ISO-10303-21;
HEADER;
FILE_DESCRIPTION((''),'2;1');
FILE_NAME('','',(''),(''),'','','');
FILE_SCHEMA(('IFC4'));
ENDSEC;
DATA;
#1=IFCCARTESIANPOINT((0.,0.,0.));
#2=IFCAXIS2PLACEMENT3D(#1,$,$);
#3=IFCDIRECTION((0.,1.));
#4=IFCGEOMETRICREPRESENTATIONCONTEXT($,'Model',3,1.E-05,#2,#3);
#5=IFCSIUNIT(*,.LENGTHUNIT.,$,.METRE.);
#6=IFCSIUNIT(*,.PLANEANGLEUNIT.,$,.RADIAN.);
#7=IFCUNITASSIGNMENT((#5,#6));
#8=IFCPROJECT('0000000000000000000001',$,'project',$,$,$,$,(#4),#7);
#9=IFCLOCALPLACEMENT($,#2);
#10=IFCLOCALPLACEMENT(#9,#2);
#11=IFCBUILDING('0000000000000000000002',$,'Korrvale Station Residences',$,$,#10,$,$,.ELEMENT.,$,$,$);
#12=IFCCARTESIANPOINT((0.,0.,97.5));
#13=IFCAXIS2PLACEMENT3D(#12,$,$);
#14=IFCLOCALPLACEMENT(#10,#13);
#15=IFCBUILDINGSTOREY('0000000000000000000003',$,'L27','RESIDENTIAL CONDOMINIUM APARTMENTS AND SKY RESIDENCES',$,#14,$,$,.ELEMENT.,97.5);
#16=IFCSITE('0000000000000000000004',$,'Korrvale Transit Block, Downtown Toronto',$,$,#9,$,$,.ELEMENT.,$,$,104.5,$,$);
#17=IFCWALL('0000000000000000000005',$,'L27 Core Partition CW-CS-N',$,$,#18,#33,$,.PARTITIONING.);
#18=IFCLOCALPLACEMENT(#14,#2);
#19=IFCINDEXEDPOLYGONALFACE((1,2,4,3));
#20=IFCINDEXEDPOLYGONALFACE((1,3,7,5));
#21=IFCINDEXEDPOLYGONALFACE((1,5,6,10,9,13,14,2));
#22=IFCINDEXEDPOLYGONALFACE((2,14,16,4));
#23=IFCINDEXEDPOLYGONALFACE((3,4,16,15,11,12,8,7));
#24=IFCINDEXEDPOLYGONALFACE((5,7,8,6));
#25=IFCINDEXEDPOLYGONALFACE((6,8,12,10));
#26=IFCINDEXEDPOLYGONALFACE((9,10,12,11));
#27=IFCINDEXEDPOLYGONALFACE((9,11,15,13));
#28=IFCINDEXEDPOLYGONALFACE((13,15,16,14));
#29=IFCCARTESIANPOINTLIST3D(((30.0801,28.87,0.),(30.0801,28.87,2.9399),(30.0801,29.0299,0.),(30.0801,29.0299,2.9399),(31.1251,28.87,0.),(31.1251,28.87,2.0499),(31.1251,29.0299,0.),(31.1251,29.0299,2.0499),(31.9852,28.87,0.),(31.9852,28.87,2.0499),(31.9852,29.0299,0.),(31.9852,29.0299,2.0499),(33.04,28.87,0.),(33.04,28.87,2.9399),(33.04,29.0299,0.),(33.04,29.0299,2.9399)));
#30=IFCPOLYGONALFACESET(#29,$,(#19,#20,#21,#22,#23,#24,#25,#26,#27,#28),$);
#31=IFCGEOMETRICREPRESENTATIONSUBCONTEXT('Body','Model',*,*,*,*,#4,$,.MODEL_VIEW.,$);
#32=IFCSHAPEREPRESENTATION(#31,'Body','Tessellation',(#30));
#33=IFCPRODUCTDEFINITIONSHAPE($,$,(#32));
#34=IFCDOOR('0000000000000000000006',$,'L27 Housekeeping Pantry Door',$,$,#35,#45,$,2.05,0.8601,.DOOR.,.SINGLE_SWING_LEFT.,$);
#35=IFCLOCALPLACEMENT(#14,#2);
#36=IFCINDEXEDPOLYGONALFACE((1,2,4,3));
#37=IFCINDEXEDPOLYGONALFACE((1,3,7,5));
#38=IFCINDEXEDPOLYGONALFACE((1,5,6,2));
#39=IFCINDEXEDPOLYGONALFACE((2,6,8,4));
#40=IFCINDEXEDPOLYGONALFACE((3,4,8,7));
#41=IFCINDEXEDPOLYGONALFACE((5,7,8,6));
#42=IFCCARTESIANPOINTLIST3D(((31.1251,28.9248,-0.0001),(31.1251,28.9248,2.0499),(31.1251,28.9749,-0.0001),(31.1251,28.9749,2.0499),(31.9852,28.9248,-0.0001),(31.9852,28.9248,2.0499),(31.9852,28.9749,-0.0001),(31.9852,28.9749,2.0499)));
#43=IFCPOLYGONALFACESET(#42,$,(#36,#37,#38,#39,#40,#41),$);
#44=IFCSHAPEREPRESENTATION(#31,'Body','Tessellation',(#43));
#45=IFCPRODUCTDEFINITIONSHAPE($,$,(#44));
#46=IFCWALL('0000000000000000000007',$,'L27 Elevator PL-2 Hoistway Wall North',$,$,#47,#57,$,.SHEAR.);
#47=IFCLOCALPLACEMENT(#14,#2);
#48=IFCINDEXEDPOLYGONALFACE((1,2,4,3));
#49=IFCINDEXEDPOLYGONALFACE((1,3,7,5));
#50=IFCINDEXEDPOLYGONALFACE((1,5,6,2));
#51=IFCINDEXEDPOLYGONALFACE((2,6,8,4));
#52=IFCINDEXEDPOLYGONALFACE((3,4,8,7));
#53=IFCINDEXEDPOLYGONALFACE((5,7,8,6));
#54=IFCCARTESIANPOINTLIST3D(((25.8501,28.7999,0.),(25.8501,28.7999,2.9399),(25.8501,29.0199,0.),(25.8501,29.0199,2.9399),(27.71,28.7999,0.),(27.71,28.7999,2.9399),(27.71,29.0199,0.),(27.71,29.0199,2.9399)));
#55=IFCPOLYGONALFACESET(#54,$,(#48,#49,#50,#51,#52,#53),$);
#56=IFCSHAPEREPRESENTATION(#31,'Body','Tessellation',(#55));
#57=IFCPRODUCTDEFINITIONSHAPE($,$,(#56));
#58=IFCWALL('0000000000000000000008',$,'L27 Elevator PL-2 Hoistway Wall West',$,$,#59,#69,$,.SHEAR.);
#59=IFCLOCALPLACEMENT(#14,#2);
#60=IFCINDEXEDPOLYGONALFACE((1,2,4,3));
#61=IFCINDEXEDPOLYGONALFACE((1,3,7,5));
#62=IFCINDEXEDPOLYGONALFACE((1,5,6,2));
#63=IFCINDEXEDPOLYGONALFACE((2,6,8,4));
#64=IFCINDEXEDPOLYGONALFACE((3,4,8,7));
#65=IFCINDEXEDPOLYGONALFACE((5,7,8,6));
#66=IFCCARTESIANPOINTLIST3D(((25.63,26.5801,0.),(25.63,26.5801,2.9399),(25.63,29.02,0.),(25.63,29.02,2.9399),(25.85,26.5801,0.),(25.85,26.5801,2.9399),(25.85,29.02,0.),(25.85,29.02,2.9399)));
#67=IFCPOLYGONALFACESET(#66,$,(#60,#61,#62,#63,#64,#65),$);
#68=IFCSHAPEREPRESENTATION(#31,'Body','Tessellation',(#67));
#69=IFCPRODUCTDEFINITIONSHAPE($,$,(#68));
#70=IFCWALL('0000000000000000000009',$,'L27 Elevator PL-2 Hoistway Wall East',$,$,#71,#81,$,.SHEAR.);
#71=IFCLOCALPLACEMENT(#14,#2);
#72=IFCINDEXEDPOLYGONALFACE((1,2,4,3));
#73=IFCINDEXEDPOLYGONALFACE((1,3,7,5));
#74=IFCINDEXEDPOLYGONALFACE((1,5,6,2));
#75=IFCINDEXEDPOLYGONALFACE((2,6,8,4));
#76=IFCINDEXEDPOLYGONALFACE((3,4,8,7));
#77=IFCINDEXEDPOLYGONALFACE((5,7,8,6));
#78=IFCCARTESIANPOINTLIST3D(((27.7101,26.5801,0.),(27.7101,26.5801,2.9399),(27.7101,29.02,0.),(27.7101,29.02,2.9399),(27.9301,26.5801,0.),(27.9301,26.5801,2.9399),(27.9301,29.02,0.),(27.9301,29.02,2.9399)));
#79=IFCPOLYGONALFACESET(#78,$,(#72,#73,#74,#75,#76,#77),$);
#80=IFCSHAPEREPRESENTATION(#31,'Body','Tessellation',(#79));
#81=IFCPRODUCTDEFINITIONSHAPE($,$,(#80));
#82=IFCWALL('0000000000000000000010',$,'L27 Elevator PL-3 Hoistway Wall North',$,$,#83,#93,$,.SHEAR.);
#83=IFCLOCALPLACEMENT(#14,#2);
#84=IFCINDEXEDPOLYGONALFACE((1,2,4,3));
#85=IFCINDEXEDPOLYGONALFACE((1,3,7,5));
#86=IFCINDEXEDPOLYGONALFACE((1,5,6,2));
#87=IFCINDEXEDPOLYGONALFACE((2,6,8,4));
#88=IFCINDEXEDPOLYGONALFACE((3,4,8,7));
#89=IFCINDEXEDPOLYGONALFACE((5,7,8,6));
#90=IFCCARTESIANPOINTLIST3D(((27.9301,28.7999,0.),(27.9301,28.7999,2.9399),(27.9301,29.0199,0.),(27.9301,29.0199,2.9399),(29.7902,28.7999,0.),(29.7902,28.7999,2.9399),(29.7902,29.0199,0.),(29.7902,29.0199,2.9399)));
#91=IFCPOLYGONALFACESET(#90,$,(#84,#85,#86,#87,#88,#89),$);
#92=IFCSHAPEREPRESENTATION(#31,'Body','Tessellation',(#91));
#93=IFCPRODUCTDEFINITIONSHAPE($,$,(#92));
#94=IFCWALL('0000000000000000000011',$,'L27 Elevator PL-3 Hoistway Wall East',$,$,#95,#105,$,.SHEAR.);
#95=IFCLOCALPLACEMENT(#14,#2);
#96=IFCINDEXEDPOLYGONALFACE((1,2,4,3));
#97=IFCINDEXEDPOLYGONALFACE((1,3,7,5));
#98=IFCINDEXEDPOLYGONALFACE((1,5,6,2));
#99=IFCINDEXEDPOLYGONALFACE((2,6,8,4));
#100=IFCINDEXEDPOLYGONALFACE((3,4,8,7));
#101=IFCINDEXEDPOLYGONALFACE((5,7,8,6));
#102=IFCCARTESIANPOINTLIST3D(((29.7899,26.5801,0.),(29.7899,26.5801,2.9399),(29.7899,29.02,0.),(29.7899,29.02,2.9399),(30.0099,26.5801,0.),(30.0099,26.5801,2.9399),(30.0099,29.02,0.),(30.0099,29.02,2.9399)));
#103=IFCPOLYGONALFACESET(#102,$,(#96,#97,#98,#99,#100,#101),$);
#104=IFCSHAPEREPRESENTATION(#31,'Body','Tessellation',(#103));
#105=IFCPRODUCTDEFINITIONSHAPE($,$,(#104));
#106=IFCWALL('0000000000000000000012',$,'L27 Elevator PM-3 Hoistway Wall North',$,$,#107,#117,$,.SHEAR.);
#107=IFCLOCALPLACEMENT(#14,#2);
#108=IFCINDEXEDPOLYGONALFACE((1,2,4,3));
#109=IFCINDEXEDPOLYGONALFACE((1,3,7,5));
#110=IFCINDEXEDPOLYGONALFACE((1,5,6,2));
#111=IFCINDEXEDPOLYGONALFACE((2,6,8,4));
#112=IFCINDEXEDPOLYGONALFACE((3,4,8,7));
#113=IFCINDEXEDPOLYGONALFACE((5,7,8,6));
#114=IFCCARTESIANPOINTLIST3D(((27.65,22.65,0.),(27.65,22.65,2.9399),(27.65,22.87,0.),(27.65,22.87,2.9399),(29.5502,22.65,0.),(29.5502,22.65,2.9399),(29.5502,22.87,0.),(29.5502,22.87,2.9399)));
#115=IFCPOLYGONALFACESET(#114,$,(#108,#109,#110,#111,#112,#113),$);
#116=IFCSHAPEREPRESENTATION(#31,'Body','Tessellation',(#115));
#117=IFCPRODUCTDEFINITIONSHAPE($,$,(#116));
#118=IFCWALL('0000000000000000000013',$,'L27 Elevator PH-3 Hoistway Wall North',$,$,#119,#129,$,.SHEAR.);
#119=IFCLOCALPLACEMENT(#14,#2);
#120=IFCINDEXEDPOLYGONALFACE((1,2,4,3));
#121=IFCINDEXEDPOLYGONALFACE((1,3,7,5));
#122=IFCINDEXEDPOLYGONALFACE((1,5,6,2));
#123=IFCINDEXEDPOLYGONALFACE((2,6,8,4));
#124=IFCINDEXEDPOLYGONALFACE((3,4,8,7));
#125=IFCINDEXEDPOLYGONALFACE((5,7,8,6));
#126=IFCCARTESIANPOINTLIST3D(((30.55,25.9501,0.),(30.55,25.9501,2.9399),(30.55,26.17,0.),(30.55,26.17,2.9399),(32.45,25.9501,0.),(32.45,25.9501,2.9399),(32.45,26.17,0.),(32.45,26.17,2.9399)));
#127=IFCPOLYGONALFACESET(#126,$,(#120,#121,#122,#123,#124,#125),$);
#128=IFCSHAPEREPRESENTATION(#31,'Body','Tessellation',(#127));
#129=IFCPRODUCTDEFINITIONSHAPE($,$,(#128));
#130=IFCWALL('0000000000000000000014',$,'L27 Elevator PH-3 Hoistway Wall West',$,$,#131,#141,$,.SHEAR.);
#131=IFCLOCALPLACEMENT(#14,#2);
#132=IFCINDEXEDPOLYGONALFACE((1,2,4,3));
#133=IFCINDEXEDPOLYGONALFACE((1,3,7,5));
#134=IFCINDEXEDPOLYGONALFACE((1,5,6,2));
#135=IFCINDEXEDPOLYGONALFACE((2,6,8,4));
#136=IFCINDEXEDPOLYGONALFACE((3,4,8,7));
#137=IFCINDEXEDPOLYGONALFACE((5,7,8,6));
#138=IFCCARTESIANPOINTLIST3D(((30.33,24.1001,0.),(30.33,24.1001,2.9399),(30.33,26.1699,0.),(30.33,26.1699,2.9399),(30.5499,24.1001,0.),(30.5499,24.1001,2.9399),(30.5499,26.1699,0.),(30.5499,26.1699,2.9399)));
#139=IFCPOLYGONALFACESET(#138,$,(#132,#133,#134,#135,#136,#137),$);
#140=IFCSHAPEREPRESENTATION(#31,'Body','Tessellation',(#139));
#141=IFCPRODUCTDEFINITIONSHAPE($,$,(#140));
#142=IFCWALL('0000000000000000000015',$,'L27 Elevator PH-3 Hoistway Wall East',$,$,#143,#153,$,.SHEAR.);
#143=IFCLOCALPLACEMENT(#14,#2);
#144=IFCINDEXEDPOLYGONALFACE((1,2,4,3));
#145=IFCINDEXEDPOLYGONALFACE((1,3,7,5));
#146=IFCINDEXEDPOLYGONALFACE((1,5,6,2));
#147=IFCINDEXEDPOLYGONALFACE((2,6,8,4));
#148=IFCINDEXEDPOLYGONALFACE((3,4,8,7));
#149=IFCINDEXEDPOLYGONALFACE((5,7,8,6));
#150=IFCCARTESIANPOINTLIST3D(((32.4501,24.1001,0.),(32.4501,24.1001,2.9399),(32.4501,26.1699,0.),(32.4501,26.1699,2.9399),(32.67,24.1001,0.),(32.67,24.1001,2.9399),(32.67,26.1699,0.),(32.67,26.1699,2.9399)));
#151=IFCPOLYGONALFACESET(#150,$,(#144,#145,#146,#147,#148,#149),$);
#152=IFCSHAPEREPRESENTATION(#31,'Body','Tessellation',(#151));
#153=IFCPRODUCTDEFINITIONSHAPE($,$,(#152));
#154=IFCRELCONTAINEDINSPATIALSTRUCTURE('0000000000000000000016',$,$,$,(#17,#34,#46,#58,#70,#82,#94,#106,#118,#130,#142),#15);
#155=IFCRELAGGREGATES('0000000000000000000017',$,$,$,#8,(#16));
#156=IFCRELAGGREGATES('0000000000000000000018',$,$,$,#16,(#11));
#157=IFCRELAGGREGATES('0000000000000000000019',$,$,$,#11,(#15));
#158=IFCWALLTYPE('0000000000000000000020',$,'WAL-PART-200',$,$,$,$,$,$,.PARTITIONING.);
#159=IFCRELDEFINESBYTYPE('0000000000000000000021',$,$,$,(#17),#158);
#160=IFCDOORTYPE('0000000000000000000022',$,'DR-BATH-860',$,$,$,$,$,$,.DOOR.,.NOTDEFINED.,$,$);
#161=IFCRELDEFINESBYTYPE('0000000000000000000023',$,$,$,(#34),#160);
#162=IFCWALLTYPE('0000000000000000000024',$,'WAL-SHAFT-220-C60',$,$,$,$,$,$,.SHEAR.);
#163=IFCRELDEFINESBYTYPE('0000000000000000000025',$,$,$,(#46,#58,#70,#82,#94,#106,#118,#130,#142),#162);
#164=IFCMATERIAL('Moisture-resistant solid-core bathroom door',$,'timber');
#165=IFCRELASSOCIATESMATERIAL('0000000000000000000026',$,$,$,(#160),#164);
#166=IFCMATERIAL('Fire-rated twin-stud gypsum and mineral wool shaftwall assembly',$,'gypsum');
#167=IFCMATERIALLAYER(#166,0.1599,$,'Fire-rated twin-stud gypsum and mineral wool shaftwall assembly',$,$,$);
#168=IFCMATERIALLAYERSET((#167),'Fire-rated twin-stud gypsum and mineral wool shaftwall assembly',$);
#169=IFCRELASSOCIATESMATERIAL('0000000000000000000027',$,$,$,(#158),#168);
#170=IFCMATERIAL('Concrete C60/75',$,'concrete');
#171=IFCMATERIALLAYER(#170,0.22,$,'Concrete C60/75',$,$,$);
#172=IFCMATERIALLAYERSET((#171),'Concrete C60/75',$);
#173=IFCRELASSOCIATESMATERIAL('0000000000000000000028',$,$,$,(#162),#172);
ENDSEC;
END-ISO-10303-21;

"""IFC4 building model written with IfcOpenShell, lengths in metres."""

from ifc_helpers import new_model, si_unit, direction, frame, frame_2d, origin, place, context, subcontext, project, spatial, rectangle, extrude, material, layer, layer_set, type_object, element, fill, save


model = new_model("IFC4")

# Units and contexts
model_context = context("Model", 3, precision=1e-05, world=origin(), true_north=direction((0.0, 1.0)))
body_context = subcontext(model_context, "Body", "Model", "MODEL_VIEW")
ifc_project = project(units=[si_unit("LENGTHUNIT", "METRE"), si_unit("PLANEANGLEUNIT", "RADIAN")], contexts=[model_context])

# Site, building, storey
site_placement = place(None, origin())
site = spatial("IfcSite", under=ifc_project, at=site_placement, Name="Korrvale Transit Block, Downtown Toronto", CompositionType="ELEMENT", RefElevation=104.5)
building_placement = place(site_placement, origin())
building = spatial("IfcBuilding", under=site, at=building_placement, Name="Korrvale Station Residences", CompositionType="ELEMENT")
storey_placement = place(building_placement, frame((0.0, 0.0, 97.5)))
storey = spatial("IfcBuildingStorey", under=building, at=storey_placement, Name="L27", Description="RESIDENTIAL CONDOMINIUM APARTMENTS AND SKY RESIDENCES", CompositionType="ELEMENT", Elevation=97.5)

# Shared definitions
ifc_material_1 = material(Name="Concrete C60/75", Category="concrete")

# Shared definitions
ifc_material_2 = material(Name="Moisture-resistant solid-core bathroom door", Category="timber")
door_type_1 = type_object("IfcDoorType", Name="DR-BATH-860", OperationType="NOTDEFINED", PredefinedType="DOOR", material=ifc_material_2)

# Shared definitions
ifc_material_3 = material(Name="Fire-rated twin-stud gypsum and mineral wool shaftwall assembly", Category="gypsum")
ifc_layer_1 = layer(ifc_material_3, 0.1599, Name="Fire-rated twin-stud gypsum and mineral wool shaftwall assembly")
ifc_layer_set_1 = layer_set([ifc_layer_1], Name="Fire-rated twin-stud gypsum and mineral wool shaftwall assembly")
wall_type_1 = type_object("IfcWallType", Name="WAL-PART-200", PredefinedType="PARTITIONING", material=ifc_layer_set_1)

# Wall, opening, door
wall_1_placement = place(storey_placement, frame((30.0801, 28.95, 0.0), z_axis=(0.0, 0.0, 1.0), x_axis=(1.0, 0.0, 0.0)))
wall_1 = element("IfcWall", 1, at=wall_1_placement, inside=storey, type_object=wall_type_1, Name="L27 Core Partition CW-CS-N", PredefinedType="PARTITIONING", context=body_context, shape_type="SweptSolid", body=[
    extrude(rectangle(XDim=2.96, YDim=0.1599, at=frame_2d((1.48, 0.0))), origin(), (0.0, 0.0, 1.0), 2.9399),
])
opening_1_placement = place(wall_1_placement, frame((1.0449, 0.0, 0.0)))
opening_1 = element("IfcOpeningElement", 2, at=opening_1_placement, cuts=wall_1, PredefinedType="OPENING", context=body_context, shape_type="SweptSolid", body=[
    extrude(rectangle(XDim=0.8601, YDim=2.05, at=frame_2d((0.4302, 1.0249))), frame((0.0, 0.0898, 0.0), z_axis=(0.0, -1.0, 0.0), x_axis=(1.0, 0.0, 0.0)), (0.0, 0.0, 1.0), 0.1799),
])
door_1_placement = place(opening_1_placement, origin())
door_1 = element("IfcDoor", 3, at=door_1_placement, inside=storey, type_object=door_type_1, Name="L27 Housekeeping Pantry Door", OperationType="SINGLE_SWING_LEFT", OverallHeight=2.05, OverallWidth=0.8601, PredefinedType="DOOR", context=body_context, shape_type="SweptSolid", body=[
    extrude(rectangle(XDim=0.8601, YDim=2.05, at=frame_2d((0.4302, 1.0249))), frame((0.0, 0.0249, 0.0), z_axis=(0.0, -1.0, 0.0), x_axis=(1.0, 0.0, 0.0)), (0.0, 0.0, 1.0), 0.05),
])
fill(opening_1, door_1)
ifc_layer_2 = layer(ifc_material_1, 0.22, Name="Concrete C60/75")
ifc_layer_set_2 = layer_set([ifc_layer_2], Name="Concrete C60/75")
wall_type_2 = type_object("IfcWallType", Name="WAL-SHAFT-220-C60", PredefinedType="SHEAR", material=ifc_layer_set_2)

# Walls
wall_2_placement = place(storey_placement, frame((25.8501, 28.9099, 0.0), z_axis=(0.0, 0.0, 1.0), x_axis=(1.0, 0.0, 0.0)))
element("IfcWall", 4, at=wall_2_placement, inside=storey, type_object=wall_type_2, Name="L27 Elevator PL-2 Hoistway Wall North", PredefinedType="SHEAR", context=body_context, shape_type="SweptSolid", body=[
    extrude(rectangle(XDim=1.8599, YDim=0.22, at=frame_2d((0.9299, 0.0))), origin(), (0.0, 0.0, 1.0), 2.9399),
])
for number, where, z_axis, x_axis, name in (
    (5, (25.74, 26.5801, 0.0), (0.0, 0.0, 1.0), (0.0, 1.0, 0.0), "L27 Elevator PL-2 Hoistway Wall West"),
    (6, (27.8201, 26.5801, 0.0), (0.0, 0.0, 1.0), (0.0, 1.0, 0.0), "L27 Elevator PL-2 Hoistway Wall East"),
):
    element("IfcWall", number, at=place(storey_placement, frame(where, z_axis=z_axis, x_axis=x_axis)), inside=storey, type_object=wall_type_2, Name=name, PredefinedType="SHEAR", context=body_context, shape_type="SweptSolid", body=[
        extrude(rectangle(XDim=2.4399, YDim=0.22, at=frame_2d((1.22, 0.0))), origin(), (0.0, 0.0, 1.0), 2.9399),
    ])

# Walls
wall_3_placement = place(storey_placement, frame((27.9299, 28.9099, 0.0), z_axis=(0.0, 0.0, 1.0), x_axis=(1.0, 0.0, 0.0)))
element("IfcWall", 7, at=wall_3_placement, inside=storey, type_object=wall_type_2, Name="L27 Elevator PL-3 Hoistway Wall North", PredefinedType="SHEAR", context=body_context, shape_type="SweptSolid", body=[
    extrude(rectangle(XDim=1.8601, YDim=0.22, at=frame_2d((0.9302, 0.0))), origin(), (0.0, 0.0, 1.0), 2.9399),
])
wall_4_placement = place(storey_placement, frame((29.8999, 26.5801, 0.0), z_axis=(0.0, 0.0, 1.0), x_axis=(0.0, 1.0, 0.0)))
element("IfcWall", 8, at=wall_4_placement, inside=storey, type_object=wall_type_2, Name="L27 Elevator PL-3 Hoistway Wall East", PredefinedType="SHEAR", context=body_context, shape_type="SweptSolid", body=[
    extrude(rectangle(XDim=2.4399, YDim=0.22, at=frame_2d((1.22, 0.0))), origin(), (0.0, 0.0, 1.0), 2.9399),
])
wall_5_placement = place(storey_placement, frame((27.6499, 22.76, 0.0), z_axis=(0.0, 0.0, 1.0), x_axis=(1.0, 0.0, 0.0)))
element("IfcWall", 9, at=wall_5_placement, inside=storey, type_object=wall_type_2, Name="L27 Elevator PM-3 Hoistway Wall North", PredefinedType="SHEAR", context=body_context, shape_type="SweptSolid", body=[
    extrude(rectangle(XDim=1.9001, YDim=0.22, at=frame_2d((0.9502, 0.0))), origin(), (0.0, 0.0, 1.0), 2.9399),
])
wall_6_placement = place(storey_placement, frame((30.55, 26.0601, 0.0), z_axis=(0.0, 0.0, 1.0), x_axis=(1.0, 0.0, 0.0)))
element("IfcWall", 10, at=wall_6_placement, inside=storey, type_object=wall_type_2, Name="L27 Elevator PH-3 Hoistway Wall North", PredefinedType="SHEAR", context=body_context, shape_type="SweptSolid", body=[
    extrude(rectangle(XDim=1.8999, YDim=0.22, at=frame_2d((0.95, 0.0))), origin(), (0.0, 0.0, 1.0), 2.9399),
])
for number, where, z_axis, x_axis, name in (
    (11, (30.4399, 24.1001, 0.0), (0.0, 0.0, 1.0), (0.0, 1.0, 0.0), "L27 Elevator PH-3 Hoistway Wall West"),
    (12, (32.5601, 24.1001, 0.0), (0.0, 0.0, 1.0), (0.0, 1.0, 0.0), "L27 Elevator PH-3 Hoistway Wall East"),
):
    element("IfcWall", number, at=place(storey_placement, frame(where, z_axis=z_axis, x_axis=x_axis)), inside=storey, type_object=wall_type_2, Name=name, PredefinedType="SHEAR", context=body_context, shape_type="SweptSolid", body=[
        extrude(rectangle(XDim=2.0698, YDim=0.22, at=frame_2d((1.0349, 0.0))), origin(), (0.0, 0.0, 1.0), 2.9399),
    ])

save(model, "model.ifc")
